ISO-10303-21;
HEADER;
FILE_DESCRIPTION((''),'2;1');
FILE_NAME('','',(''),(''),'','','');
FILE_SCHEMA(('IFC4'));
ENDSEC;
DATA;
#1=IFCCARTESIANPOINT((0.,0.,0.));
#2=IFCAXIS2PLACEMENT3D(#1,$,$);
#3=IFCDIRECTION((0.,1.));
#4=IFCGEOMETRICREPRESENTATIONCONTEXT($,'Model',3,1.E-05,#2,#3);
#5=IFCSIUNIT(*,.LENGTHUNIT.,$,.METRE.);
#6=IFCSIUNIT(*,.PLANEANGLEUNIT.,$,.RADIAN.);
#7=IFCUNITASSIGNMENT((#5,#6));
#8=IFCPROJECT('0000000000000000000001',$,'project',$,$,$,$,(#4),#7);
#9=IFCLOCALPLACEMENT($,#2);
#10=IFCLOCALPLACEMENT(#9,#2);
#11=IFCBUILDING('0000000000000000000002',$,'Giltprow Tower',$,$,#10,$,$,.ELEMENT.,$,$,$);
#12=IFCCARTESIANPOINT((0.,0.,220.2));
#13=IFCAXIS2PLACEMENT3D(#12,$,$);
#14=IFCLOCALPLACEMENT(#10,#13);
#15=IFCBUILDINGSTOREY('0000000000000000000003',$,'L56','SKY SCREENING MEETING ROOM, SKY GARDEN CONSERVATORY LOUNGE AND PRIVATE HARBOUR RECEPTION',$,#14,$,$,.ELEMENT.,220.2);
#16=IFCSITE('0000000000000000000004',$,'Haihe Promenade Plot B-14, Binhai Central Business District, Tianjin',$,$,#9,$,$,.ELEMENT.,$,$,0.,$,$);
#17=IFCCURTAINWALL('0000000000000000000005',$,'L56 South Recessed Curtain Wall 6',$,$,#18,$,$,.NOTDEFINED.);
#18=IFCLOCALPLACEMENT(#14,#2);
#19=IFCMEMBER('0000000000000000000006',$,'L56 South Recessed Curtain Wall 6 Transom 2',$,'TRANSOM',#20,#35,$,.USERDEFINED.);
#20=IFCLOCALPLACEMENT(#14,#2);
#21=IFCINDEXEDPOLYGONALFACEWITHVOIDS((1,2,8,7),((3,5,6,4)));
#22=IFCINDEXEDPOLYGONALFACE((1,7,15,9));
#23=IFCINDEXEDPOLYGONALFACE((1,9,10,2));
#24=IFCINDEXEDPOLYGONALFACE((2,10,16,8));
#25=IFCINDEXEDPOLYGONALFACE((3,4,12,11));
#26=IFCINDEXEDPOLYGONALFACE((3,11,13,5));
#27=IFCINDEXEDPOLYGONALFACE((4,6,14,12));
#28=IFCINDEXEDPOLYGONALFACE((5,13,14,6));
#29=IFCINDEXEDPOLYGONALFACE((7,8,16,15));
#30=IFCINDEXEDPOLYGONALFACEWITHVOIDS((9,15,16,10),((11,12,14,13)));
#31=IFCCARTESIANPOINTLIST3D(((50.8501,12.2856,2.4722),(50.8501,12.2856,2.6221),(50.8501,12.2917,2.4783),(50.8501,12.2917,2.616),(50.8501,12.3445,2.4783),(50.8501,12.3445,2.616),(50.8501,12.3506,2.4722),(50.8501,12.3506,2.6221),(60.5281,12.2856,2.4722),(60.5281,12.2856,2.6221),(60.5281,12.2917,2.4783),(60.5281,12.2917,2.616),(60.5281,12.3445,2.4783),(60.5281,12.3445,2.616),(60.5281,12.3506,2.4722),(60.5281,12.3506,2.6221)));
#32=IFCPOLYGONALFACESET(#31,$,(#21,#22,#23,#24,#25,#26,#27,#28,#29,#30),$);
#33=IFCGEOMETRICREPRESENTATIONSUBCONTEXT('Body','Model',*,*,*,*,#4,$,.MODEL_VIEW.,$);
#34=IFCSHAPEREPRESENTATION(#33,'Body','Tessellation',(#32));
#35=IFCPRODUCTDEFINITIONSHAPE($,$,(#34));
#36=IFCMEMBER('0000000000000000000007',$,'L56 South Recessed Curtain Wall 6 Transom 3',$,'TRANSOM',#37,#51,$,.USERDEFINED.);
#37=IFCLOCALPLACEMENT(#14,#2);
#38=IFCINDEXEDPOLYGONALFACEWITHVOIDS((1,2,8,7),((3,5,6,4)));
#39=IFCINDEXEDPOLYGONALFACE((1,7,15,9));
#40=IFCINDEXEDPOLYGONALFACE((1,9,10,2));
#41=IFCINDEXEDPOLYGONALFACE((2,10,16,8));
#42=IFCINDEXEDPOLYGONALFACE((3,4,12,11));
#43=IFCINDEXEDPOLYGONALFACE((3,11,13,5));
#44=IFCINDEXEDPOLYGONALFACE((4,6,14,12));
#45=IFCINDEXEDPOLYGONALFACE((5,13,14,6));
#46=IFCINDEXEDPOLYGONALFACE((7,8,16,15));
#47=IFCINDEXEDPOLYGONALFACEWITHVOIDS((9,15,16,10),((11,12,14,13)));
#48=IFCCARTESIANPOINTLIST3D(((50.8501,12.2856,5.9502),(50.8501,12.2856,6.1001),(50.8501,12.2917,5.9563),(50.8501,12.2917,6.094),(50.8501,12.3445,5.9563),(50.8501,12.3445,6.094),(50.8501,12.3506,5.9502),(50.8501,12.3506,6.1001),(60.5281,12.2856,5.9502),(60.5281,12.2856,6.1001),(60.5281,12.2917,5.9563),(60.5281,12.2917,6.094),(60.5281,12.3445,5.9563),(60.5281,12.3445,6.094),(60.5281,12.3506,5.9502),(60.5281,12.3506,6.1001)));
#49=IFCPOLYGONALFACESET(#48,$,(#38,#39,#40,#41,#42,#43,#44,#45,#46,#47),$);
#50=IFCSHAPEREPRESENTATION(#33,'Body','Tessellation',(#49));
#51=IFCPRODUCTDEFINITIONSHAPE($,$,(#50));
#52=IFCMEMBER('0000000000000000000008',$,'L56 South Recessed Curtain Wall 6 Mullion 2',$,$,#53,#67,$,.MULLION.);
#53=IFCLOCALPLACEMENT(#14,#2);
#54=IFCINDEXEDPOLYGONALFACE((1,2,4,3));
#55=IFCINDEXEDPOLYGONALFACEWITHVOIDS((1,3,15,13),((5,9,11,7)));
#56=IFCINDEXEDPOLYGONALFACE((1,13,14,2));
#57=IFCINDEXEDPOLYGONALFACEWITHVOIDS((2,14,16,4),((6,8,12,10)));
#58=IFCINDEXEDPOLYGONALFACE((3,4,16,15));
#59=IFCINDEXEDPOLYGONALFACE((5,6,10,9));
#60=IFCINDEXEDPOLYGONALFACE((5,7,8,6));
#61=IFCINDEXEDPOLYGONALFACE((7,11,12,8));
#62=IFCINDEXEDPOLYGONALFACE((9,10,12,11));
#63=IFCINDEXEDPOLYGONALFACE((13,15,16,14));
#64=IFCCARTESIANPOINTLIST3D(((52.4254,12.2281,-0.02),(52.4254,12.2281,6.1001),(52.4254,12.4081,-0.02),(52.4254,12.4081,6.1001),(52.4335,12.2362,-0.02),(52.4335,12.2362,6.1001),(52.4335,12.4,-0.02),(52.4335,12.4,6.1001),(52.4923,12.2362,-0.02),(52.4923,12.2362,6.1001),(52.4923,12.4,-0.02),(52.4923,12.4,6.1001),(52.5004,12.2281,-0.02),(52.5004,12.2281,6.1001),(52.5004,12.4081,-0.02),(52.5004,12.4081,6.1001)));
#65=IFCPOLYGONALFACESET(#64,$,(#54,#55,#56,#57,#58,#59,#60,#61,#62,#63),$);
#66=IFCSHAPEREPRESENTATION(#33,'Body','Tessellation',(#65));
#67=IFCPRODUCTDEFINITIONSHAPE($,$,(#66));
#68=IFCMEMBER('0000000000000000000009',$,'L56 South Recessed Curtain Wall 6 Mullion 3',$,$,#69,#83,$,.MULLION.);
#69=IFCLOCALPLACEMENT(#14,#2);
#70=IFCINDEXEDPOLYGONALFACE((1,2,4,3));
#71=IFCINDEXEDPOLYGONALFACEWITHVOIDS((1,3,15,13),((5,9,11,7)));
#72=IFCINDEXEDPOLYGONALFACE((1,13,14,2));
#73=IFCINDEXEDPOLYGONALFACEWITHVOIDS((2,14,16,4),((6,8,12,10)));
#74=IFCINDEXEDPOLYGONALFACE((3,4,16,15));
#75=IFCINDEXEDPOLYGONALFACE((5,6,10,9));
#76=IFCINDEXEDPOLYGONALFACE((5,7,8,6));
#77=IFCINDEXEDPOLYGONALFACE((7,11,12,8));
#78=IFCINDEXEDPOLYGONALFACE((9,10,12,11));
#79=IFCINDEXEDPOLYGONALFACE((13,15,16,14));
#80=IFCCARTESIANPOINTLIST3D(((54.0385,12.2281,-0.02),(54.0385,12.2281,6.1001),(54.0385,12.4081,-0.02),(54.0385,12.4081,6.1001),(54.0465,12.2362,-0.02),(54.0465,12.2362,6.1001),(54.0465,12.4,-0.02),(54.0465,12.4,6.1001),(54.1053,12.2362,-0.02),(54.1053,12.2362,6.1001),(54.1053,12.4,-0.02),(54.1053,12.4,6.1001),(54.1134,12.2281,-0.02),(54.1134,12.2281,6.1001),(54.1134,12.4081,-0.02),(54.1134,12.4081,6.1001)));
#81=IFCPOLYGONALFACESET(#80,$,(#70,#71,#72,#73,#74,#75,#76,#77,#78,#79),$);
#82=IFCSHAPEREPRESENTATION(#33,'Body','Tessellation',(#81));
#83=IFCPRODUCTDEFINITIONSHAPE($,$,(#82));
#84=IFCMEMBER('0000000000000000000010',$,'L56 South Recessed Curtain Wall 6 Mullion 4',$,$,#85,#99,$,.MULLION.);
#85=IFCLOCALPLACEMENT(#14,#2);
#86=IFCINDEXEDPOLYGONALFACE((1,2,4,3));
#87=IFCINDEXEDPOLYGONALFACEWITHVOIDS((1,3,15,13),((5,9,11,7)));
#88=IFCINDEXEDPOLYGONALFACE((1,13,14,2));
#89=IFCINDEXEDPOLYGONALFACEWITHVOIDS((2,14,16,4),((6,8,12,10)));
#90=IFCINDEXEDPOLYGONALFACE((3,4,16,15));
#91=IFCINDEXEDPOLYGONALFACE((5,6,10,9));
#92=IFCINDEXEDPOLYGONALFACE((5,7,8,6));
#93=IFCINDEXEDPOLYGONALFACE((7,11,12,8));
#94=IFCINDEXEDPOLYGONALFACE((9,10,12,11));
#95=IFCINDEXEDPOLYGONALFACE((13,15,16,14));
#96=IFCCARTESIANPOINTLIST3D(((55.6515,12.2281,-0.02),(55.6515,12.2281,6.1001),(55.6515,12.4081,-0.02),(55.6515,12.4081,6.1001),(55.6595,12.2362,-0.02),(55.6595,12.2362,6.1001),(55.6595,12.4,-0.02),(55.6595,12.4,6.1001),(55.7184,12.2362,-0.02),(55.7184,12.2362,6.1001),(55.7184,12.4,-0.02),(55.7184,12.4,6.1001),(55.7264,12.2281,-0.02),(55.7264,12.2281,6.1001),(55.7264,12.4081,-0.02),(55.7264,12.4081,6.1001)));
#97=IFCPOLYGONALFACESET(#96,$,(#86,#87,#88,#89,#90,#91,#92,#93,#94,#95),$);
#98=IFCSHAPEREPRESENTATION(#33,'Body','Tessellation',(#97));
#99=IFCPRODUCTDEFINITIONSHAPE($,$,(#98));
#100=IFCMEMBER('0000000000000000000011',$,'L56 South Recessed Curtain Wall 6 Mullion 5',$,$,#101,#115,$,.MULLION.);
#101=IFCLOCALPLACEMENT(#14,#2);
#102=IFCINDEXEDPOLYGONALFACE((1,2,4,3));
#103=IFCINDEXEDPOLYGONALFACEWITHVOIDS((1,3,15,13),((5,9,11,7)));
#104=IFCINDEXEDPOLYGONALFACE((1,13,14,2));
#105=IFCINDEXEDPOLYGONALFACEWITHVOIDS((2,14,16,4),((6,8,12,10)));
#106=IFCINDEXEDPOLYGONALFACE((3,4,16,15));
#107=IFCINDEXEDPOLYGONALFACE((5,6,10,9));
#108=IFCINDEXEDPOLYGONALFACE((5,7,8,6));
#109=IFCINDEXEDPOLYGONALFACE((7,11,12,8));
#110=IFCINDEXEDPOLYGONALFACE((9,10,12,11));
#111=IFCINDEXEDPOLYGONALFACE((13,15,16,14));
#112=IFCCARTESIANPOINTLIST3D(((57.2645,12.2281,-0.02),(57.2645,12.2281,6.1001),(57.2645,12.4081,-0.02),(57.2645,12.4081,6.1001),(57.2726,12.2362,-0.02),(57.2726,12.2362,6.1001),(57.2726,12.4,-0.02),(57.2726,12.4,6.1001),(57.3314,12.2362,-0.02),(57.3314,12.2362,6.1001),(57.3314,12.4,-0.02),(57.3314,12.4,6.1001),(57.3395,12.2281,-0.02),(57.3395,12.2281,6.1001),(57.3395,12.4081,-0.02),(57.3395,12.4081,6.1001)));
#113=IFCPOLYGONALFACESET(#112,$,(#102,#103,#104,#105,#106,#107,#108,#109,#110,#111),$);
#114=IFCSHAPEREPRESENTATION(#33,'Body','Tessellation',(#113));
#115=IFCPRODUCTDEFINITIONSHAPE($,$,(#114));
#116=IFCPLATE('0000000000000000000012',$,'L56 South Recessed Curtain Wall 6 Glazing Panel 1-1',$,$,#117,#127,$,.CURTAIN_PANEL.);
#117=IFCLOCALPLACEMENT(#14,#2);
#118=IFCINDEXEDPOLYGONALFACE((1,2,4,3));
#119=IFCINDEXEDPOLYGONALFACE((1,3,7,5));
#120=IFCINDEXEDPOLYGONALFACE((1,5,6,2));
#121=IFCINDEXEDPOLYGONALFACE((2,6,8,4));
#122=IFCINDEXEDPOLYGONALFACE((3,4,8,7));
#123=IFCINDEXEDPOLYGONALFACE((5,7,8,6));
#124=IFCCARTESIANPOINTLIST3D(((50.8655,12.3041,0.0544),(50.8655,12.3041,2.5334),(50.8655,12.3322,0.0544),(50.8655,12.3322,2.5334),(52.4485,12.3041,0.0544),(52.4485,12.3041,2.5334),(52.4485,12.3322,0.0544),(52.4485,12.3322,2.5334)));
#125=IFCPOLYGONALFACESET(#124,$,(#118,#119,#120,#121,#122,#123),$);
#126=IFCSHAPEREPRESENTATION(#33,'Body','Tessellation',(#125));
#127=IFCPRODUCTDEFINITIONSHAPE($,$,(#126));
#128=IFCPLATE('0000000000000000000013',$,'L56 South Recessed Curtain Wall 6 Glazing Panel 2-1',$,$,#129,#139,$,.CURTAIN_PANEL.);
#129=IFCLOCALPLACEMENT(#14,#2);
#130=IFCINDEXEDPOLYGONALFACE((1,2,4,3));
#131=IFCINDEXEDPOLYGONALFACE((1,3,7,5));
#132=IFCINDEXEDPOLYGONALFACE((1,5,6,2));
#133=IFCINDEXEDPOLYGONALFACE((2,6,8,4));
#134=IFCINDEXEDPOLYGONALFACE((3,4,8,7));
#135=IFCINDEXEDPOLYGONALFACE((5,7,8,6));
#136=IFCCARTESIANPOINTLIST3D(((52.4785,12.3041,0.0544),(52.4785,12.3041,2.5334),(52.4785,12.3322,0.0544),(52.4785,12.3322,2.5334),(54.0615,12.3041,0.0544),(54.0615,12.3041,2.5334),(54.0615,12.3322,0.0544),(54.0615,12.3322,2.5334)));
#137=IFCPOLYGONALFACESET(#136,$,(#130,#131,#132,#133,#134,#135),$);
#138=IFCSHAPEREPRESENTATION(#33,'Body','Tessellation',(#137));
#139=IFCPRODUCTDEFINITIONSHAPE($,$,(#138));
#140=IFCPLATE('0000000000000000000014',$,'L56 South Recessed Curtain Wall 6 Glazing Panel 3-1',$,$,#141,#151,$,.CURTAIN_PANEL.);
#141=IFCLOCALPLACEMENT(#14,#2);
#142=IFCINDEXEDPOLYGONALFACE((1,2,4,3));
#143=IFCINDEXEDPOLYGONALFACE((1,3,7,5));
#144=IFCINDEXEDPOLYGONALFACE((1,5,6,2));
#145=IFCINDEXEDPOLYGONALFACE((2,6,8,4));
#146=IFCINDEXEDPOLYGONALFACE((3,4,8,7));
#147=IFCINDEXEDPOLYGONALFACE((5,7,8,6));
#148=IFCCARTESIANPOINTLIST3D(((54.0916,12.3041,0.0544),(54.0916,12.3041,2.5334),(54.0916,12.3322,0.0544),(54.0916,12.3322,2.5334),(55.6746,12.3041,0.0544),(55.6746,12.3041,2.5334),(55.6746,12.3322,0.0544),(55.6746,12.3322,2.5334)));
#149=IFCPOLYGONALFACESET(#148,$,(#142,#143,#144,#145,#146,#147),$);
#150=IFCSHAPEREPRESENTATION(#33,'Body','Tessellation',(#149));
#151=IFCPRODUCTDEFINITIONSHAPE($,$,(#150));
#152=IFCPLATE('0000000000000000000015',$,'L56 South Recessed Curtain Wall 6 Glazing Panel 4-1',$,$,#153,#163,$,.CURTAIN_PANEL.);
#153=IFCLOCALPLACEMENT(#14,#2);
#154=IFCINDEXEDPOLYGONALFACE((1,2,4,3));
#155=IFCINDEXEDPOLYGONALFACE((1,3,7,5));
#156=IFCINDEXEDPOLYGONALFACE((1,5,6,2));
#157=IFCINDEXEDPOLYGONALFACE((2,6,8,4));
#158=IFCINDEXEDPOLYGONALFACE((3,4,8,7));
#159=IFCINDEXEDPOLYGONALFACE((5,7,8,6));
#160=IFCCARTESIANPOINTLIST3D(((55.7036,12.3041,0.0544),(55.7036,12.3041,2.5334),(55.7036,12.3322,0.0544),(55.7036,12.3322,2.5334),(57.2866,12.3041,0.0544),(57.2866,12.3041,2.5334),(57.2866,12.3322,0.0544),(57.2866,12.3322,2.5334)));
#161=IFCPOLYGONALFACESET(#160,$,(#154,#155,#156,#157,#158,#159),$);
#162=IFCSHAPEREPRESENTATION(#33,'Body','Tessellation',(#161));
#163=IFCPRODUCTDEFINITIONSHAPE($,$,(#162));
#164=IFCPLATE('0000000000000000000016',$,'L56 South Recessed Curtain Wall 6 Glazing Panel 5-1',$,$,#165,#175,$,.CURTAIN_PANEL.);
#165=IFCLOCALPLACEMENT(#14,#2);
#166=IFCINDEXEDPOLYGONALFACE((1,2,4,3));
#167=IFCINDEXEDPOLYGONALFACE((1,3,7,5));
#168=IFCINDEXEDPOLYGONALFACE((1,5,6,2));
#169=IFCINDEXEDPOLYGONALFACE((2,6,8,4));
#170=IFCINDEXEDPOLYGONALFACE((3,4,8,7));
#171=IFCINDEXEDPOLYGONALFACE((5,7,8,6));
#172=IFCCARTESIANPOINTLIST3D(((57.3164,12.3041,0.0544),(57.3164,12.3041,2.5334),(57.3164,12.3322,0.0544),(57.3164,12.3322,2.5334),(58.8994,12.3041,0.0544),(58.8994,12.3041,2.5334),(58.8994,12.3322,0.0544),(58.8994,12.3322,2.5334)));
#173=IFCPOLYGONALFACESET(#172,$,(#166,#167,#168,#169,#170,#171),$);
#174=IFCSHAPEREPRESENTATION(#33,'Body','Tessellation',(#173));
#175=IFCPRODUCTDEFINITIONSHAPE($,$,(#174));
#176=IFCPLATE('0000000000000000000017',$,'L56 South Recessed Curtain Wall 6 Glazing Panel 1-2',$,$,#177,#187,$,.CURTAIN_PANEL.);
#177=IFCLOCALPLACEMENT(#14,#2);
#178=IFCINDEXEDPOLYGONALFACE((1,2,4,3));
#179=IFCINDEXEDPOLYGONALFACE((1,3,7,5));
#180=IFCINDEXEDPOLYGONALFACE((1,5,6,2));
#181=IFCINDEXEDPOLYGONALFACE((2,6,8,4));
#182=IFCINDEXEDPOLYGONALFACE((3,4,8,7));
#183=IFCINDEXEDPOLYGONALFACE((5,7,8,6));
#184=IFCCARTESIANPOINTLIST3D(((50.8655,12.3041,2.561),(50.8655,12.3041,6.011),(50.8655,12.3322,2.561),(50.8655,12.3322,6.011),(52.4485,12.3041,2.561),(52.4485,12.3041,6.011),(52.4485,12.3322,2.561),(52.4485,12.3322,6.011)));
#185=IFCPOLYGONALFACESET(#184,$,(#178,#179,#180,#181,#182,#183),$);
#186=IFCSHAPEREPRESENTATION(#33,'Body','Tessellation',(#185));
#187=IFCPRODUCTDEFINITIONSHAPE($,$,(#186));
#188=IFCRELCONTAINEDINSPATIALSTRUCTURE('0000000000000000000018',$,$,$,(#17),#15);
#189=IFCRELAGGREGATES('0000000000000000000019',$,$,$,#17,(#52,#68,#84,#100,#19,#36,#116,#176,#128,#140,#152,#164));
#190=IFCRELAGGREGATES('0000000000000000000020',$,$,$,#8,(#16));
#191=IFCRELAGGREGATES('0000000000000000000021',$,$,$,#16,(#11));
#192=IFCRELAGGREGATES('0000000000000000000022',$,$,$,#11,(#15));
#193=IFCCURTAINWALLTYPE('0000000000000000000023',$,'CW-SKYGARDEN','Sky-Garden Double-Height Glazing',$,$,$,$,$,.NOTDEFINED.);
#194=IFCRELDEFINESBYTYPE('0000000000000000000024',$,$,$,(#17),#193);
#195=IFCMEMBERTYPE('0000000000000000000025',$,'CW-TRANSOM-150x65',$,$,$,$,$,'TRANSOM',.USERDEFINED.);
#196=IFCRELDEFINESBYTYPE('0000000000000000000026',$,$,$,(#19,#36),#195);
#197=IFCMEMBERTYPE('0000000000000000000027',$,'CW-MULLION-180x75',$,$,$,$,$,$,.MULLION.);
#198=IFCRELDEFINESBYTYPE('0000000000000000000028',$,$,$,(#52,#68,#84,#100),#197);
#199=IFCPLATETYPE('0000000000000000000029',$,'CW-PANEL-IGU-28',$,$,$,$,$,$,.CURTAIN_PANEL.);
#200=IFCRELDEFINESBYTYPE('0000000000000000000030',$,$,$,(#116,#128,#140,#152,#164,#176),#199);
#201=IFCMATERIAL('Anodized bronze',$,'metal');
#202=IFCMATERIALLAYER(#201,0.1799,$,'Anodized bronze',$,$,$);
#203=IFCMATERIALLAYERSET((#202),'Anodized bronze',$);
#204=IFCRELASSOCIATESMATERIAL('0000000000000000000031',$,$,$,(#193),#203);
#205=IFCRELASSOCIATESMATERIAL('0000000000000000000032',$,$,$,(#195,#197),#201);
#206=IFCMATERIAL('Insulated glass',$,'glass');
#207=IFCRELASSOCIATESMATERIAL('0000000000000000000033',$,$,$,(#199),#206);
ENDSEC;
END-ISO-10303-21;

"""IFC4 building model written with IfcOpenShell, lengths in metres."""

from ifc_helpers import new_model, si_unit, direction, frame, origin, origin_2d, place, context, subcontext, project, spatial, rectangle, hollow_rectangle, extrude, source, transform, mapped, material, layer, layer_set, material_profile, profile_set, type_object, element, aggregate, save


model = new_model("IFC4")

# Units and contexts
model_context = context("Model", 3, precision=1e-05, world=origin(), true_north=direction((0.0, 1.0)))
body_context = subcontext(model_context, "Body", "Model", "MODEL_VIEW")
ifc_project = project(units=[si_unit("LENGTHUNIT", "METRE"), si_unit("PLANEANGLEUNIT", "RADIAN")], contexts=[model_context])

# Site, building, storey
site_placement = place(None, origin())
site = spatial("IfcSite", under=ifc_project, at=site_placement, Name="Haihe Promenade Plot B-14, Binhai Central Business District, Tianjin", CompositionType="ELEMENT", RefElevation=0.0)
building_placement = place(site_placement, origin())
building = spatial("IfcBuilding", under=site, at=building_placement, Name="Giltprow Tower", CompositionType="ELEMENT")
storey_placement = place(building_placement, frame((0.0, 0.0, 220.2)))
storey = spatial("IfcBuildingStorey", under=building, at=storey_placement, Name="L56", Description="SKY SCREENING MEETING ROOM, SKY GARDEN CONSERVATORY LOUNGE AND PRIVATE HARBOUR RECEPTION", CompositionType="ELEMENT", Elevation=220.2)

# Curtain wall, members, plates
ifc_material_1 = material(Name="Anodized bronze", Category="metal")
ifc_layer = layer(ifc_material_1, 0.1799, Name="Anodized bronze")
ifc_layer_set = layer_set([ifc_layer], Name="Anodized bronze")
curtain_wall_type = type_object("IfcCurtainWallType", Name="CW-SKYGARDEN", Description="Sky-Garden Double-Height Glazing", PredefinedType="NOTDEFINED", material=ifc_layer_set)
curtain_wall_placement = place(storey_placement, origin())
curtain_wall = element("IfcCurtainWall", 1, at=curtain_wall_placement, inside=storey, type_object=curtain_wall_type, Name="L56 South Recessed Curtain Wall 6", PredefinedType="NOTDEFINED")
ifc_material_profile_1 = material_profile(ifc_material_1, hollow_rectangle(XDim=0.0649, YDim=0.1499, WallThickness=0.0061, at=origin_2d()), Name="RHS 150x65x6")
ifc_profile_set_1 = profile_set([ifc_material_profile_1], Name="Anodized bronze")
member_type_1 = type_object("IfcMemberType", Name="CW-TRANSOM-150x65", ElementType="TRANSOM", PredefinedType="USERDEFINED", material=ifc_profile_set_1)
shared_shape_1 = source(origin(), body_context, "Body", "SweptSolid", [
    extrude(hollow_rectangle(XDim=0.0649, YDim=0.1499, WallThickness=0.0061, at=origin_2d()), origin(), (0.0, 0.0, 1.0), 9.678),
])
member_1_placement = place(storey_placement, frame((50.8501, 12.3181, 2.5471), z_axis=(1.0, 0.0, 0.0), x_axis=(0.0, 1.0, 0.0)))
member_1 = element("IfcMember", 2, at=member_1_placement, type_object=member_type_1, Name="L56 South Recessed Curtain Wall 6 Transom 2", ObjectType="TRANSOM", PredefinedType="USERDEFINED", context=body_context, shape_type="MappedRepresentation", body=[
    mapped(shared_shape_1, transform((0.0, 0.0, 0.0), x_axis=(1.0, 0.0, 0.0), y_axis=(0.0, 1.0, 0.0), z_axis=(0.0, 0.0, 1.0), scale=1.0)),
])
member_2_placement = place(storey_placement, frame((50.8501, 12.3181, 6.0251), z_axis=(1.0, 0.0, 0.0), x_axis=(0.0, 1.0, 0.0)))
member_2 = element("IfcMember", 3, at=member_2_placement, type_object=member_type_1, Name="L56 South Recessed Curtain Wall 6 Transom 3", ObjectType="TRANSOM", PredefinedType="USERDEFINED", context=body_context, shape_type="MappedRepresentation", body=[
    mapped(shared_shape_1, transform((0.0, 0.0, 0.0), x_axis=(1.0, 0.0, 0.0), y_axis=(0.0, 1.0, 0.0), z_axis=(0.0, 0.0, 1.0), scale=1.0)),
])
ifc_material_profile_2 = material_profile(ifc_material_1, hollow_rectangle(XDim=0.075, YDim=0.1799, WallThickness=0.0081, at=origin_2d()), Name="RHS 180x75x8")
ifc_profile_set_2 = profile_set([ifc_material_profile_2], Name="Anodized bronze")
member_type_2 = type_object("IfcMemberType", Name="CW-MULLION-180x75", PredefinedType="MULLION", material=ifc_profile_set_2)
shared_shape_2 = source(origin(), body_context, "Body", "SweptSolid", [
    extrude(hollow_rectangle(XDim=0.075, YDim=0.1799, WallThickness=0.0081, at=origin_2d()), origin(), (0.0, 0.0, 1.0), 6.1201),
])
member_3_placement = place(storey_placement, frame((52.4629, 12.3181, -0.02), z_axis=(0.0, 0.0, 1.0), x_axis=(1.0, 0.0, 0.0)))
member_3 = element("IfcMember", 4, at=member_3_placement, type_object=member_type_2, Name="L56 South Recessed Curtain Wall 6 Mullion 2", PredefinedType="MULLION", context=body_context, shape_type="MappedRepresentation", body=[
    mapped(shared_shape_2, transform((0.0, 0.0, 0.0), x_axis=(1.0, 0.0, 0.0), y_axis=(0.0, 1.0, 0.0), z_axis=(0.0, 0.0, 1.0), scale=1.0)),
])
member_4_placement = place(storey_placement, frame((54.0759, 12.3181, -0.02), z_axis=(0.0, 0.0, 1.0), x_axis=(1.0, 0.0, 0.0)))
member_4 = element("IfcMember", 5, at=member_4_placement, type_object=member_type_2, Name="L56 South Recessed Curtain Wall 6 Mullion 3", PredefinedType="MULLION", context=body_context, shape_type="MappedRepresentation", body=[
    mapped(shared_shape_2, transform((0.0, 0.0, 0.0), x_axis=(1.0, 0.0, 0.0), y_axis=(0.0, 1.0, 0.0), z_axis=(0.0, 0.0, 1.0), scale=1.0)),
])
member_5_placement = place(storey_placement, frame((55.689, 12.3181, -0.02), z_axis=(0.0, 0.0, 1.0), x_axis=(1.0, 0.0, 0.0)))
member_5 = element("IfcMember", 6, at=member_5_placement, type_object=member_type_2, Name="L56 South Recessed Curtain Wall 6 Mullion 4", PredefinedType="MULLION", context=body_context, shape_type="MappedRepresentation", body=[
    mapped(shared_shape_2, transform((0.0, 0.0, 0.0), x_axis=(1.0, 0.0, 0.0), y_axis=(0.0, 1.0, 0.0), z_axis=(0.0, 0.0, 1.0), scale=1.0)),
])
member_6_placement = place(storey_placement, frame((57.302, 12.3181, -0.02), z_axis=(0.0, 0.0, 1.0), x_axis=(1.0, 0.0, 0.0)))
member_6 = element("IfcMember", 7, at=member_6_placement, type_object=member_type_2, Name="L56 South Recessed Curtain Wall 6 Mullion 5", PredefinedType="MULLION", context=body_context, shape_type="MappedRepresentation", body=[
    mapped(shared_shape_2, transform((0.0, 0.0, 0.0), x_axis=(1.0, 0.0, 0.0), y_axis=(0.0, 1.0, 0.0), z_axis=(0.0, 0.0, 1.0), scale=1.0)),
])
ifc_material_2 = material(Name="Insulated glass", Category="glass")
plate_type = type_object("IfcPlateType", Name="CW-PANEL-IGU-28", PredefinedType="CURTAIN_PANEL", material=ifc_material_2)
shared_shape_3 = source(origin(), body_context, "Body", "SweptSolid", [
    extrude(rectangle(XDim=1.583, YDim=0.0281, at=origin_2d()), origin(), (0.0, 0.0, 1.0), 2.479),
])
plate_1_placement = place(storey_placement, frame((51.657, 12.3181, 0.0544), z_axis=(0.0, 0.0, 1.0), x_axis=(1.0, 0.0, 0.0)))
plate_1 = element("IfcPlate", 8, at=plate_1_placement, type_object=plate_type, Name="L56 South Recessed Curtain Wall 6 Glazing Panel 1-1", PredefinedType="CURTAIN_PANEL", context=body_context, shape_type="MappedRepresentation", body=[
    mapped(shared_shape_3, transform((0.0, 0.0, 0.0), x_axis=(1.0, 0.0, 0.0), y_axis=(0.0, 1.0, 0.0), z_axis=(0.0, 0.0, 1.0), scale=1.0)),
])
plate_2_placement = place(storey_placement, frame((53.27, 12.3181, 0.0544), z_axis=(0.0, 0.0, 1.0), x_axis=(1.0, 0.0, 0.0)))
plate_2 = element("IfcPlate", 9, at=plate_2_placement, type_object=plate_type, Name="L56 South Recessed Curtain Wall 6 Glazing Panel 2-1", PredefinedType="CURTAIN_PANEL", context=body_context, shape_type="MappedRepresentation", body=[
    mapped(shared_shape_3, transform((0.0, 0.0, 0.0), x_axis=(1.0, 0.0, 0.0), y_axis=(0.0, 1.0, 0.0), z_axis=(0.0, 0.0, 1.0), scale=1.0)),
])
plate_3_placement = place(storey_placement, frame((54.8831, 12.3181, 0.0544), z_axis=(0.0, 0.0, 1.0), x_axis=(1.0, 0.0, 0.0)))
plate_3 = element("IfcPlate", 10, at=plate_3_placement, type_object=plate_type, Name="L56 South Recessed Curtain Wall 6 Glazing Panel 3-1", PredefinedType="CURTAIN_PANEL", context=body_context, shape_type="MappedRepresentation", body=[
    mapped(shared_shape_3, transform((0.0, 0.0, 0.0), x_axis=(1.0, 0.0, 0.0), y_axis=(0.0, 1.0, 0.0), z_axis=(0.0, 0.0, 1.0), scale=1.0)),
])
plate_4_placement = place(storey_placement, frame((56.4951, 12.3181, 0.0544), z_axis=(0.0, 0.0, 1.0), x_axis=(1.0, 0.0, 0.0)))
plate_4 = element("IfcPlate", 11, at=plate_4_placement, type_object=plate_type, Name="L56 South Recessed Curtain Wall 6 Glazing Panel 4-1", PredefinedType="CURTAIN_PANEL", context=body_context, shape_type="MappedRepresentation", body=[
    mapped(shared_shape_3, transform((0.0, 0.0, 0.0), x_axis=(1.0, 0.0, 0.0), y_axis=(0.0, 1.0, 0.0), z_axis=(0.0, 0.0, 1.0), scale=1.0)),
])
plate_5_placement = place(storey_placement, frame((58.1079, 12.3181, 0.0544), z_axis=(0.0, 0.0, 1.0), x_axis=(1.0, 0.0, 0.0)))
plate_5 = element("IfcPlate", 12, at=plate_5_placement, type_object=plate_type, Name="L56 South Recessed Curtain Wall 6 Glazing Panel 5-1", PredefinedType="CURTAIN_PANEL", context=body_context, shape_type="MappedRepresentation", body=[
    mapped(shared_shape_3, transform((0.0, 0.0, 0.0), x_axis=(1.0, 0.0, 0.0), y_axis=(0.0, 1.0, 0.0), z_axis=(0.0, 0.0, 1.0), scale=1.0)),
])
shared_shape_4 = source(origin(), body_context, "Body", "SweptSolid", [
    extrude(rectangle(XDim=1.583, YDim=0.0281, at=origin_2d()), origin(), (0.0, 0.0, 1.0), 3.45),
])
plate_6_placement = place(storey_placement, frame((51.657, 12.3181, 2.561), z_axis=(0.0, 0.0, 1.0), x_axis=(1.0, 0.0, 0.0)))
plate_6 = element("IfcPlate", 13, at=plate_6_placement, type_object=plate_type, Name="L56 South Recessed Curtain Wall 6 Glazing Panel 1-2", PredefinedType="CURTAIN_PANEL", context=body_context, shape_type="MappedRepresentation", body=[
    mapped(shared_shape_4, transform((0.0, 0.0, 0.0), x_axis=(1.0, 0.0, 0.0), y_axis=(0.0, 1.0, 0.0), z_axis=(0.0, 0.0, 1.0), scale=1.0)),
])
aggregate(curtain_wall, [member_3, member_4, member_5, member_6, member_1, member_2, plate_1, plate_6, plate_2, plate_3, plate_4, plate_5])

save(model, "model.ifc")
